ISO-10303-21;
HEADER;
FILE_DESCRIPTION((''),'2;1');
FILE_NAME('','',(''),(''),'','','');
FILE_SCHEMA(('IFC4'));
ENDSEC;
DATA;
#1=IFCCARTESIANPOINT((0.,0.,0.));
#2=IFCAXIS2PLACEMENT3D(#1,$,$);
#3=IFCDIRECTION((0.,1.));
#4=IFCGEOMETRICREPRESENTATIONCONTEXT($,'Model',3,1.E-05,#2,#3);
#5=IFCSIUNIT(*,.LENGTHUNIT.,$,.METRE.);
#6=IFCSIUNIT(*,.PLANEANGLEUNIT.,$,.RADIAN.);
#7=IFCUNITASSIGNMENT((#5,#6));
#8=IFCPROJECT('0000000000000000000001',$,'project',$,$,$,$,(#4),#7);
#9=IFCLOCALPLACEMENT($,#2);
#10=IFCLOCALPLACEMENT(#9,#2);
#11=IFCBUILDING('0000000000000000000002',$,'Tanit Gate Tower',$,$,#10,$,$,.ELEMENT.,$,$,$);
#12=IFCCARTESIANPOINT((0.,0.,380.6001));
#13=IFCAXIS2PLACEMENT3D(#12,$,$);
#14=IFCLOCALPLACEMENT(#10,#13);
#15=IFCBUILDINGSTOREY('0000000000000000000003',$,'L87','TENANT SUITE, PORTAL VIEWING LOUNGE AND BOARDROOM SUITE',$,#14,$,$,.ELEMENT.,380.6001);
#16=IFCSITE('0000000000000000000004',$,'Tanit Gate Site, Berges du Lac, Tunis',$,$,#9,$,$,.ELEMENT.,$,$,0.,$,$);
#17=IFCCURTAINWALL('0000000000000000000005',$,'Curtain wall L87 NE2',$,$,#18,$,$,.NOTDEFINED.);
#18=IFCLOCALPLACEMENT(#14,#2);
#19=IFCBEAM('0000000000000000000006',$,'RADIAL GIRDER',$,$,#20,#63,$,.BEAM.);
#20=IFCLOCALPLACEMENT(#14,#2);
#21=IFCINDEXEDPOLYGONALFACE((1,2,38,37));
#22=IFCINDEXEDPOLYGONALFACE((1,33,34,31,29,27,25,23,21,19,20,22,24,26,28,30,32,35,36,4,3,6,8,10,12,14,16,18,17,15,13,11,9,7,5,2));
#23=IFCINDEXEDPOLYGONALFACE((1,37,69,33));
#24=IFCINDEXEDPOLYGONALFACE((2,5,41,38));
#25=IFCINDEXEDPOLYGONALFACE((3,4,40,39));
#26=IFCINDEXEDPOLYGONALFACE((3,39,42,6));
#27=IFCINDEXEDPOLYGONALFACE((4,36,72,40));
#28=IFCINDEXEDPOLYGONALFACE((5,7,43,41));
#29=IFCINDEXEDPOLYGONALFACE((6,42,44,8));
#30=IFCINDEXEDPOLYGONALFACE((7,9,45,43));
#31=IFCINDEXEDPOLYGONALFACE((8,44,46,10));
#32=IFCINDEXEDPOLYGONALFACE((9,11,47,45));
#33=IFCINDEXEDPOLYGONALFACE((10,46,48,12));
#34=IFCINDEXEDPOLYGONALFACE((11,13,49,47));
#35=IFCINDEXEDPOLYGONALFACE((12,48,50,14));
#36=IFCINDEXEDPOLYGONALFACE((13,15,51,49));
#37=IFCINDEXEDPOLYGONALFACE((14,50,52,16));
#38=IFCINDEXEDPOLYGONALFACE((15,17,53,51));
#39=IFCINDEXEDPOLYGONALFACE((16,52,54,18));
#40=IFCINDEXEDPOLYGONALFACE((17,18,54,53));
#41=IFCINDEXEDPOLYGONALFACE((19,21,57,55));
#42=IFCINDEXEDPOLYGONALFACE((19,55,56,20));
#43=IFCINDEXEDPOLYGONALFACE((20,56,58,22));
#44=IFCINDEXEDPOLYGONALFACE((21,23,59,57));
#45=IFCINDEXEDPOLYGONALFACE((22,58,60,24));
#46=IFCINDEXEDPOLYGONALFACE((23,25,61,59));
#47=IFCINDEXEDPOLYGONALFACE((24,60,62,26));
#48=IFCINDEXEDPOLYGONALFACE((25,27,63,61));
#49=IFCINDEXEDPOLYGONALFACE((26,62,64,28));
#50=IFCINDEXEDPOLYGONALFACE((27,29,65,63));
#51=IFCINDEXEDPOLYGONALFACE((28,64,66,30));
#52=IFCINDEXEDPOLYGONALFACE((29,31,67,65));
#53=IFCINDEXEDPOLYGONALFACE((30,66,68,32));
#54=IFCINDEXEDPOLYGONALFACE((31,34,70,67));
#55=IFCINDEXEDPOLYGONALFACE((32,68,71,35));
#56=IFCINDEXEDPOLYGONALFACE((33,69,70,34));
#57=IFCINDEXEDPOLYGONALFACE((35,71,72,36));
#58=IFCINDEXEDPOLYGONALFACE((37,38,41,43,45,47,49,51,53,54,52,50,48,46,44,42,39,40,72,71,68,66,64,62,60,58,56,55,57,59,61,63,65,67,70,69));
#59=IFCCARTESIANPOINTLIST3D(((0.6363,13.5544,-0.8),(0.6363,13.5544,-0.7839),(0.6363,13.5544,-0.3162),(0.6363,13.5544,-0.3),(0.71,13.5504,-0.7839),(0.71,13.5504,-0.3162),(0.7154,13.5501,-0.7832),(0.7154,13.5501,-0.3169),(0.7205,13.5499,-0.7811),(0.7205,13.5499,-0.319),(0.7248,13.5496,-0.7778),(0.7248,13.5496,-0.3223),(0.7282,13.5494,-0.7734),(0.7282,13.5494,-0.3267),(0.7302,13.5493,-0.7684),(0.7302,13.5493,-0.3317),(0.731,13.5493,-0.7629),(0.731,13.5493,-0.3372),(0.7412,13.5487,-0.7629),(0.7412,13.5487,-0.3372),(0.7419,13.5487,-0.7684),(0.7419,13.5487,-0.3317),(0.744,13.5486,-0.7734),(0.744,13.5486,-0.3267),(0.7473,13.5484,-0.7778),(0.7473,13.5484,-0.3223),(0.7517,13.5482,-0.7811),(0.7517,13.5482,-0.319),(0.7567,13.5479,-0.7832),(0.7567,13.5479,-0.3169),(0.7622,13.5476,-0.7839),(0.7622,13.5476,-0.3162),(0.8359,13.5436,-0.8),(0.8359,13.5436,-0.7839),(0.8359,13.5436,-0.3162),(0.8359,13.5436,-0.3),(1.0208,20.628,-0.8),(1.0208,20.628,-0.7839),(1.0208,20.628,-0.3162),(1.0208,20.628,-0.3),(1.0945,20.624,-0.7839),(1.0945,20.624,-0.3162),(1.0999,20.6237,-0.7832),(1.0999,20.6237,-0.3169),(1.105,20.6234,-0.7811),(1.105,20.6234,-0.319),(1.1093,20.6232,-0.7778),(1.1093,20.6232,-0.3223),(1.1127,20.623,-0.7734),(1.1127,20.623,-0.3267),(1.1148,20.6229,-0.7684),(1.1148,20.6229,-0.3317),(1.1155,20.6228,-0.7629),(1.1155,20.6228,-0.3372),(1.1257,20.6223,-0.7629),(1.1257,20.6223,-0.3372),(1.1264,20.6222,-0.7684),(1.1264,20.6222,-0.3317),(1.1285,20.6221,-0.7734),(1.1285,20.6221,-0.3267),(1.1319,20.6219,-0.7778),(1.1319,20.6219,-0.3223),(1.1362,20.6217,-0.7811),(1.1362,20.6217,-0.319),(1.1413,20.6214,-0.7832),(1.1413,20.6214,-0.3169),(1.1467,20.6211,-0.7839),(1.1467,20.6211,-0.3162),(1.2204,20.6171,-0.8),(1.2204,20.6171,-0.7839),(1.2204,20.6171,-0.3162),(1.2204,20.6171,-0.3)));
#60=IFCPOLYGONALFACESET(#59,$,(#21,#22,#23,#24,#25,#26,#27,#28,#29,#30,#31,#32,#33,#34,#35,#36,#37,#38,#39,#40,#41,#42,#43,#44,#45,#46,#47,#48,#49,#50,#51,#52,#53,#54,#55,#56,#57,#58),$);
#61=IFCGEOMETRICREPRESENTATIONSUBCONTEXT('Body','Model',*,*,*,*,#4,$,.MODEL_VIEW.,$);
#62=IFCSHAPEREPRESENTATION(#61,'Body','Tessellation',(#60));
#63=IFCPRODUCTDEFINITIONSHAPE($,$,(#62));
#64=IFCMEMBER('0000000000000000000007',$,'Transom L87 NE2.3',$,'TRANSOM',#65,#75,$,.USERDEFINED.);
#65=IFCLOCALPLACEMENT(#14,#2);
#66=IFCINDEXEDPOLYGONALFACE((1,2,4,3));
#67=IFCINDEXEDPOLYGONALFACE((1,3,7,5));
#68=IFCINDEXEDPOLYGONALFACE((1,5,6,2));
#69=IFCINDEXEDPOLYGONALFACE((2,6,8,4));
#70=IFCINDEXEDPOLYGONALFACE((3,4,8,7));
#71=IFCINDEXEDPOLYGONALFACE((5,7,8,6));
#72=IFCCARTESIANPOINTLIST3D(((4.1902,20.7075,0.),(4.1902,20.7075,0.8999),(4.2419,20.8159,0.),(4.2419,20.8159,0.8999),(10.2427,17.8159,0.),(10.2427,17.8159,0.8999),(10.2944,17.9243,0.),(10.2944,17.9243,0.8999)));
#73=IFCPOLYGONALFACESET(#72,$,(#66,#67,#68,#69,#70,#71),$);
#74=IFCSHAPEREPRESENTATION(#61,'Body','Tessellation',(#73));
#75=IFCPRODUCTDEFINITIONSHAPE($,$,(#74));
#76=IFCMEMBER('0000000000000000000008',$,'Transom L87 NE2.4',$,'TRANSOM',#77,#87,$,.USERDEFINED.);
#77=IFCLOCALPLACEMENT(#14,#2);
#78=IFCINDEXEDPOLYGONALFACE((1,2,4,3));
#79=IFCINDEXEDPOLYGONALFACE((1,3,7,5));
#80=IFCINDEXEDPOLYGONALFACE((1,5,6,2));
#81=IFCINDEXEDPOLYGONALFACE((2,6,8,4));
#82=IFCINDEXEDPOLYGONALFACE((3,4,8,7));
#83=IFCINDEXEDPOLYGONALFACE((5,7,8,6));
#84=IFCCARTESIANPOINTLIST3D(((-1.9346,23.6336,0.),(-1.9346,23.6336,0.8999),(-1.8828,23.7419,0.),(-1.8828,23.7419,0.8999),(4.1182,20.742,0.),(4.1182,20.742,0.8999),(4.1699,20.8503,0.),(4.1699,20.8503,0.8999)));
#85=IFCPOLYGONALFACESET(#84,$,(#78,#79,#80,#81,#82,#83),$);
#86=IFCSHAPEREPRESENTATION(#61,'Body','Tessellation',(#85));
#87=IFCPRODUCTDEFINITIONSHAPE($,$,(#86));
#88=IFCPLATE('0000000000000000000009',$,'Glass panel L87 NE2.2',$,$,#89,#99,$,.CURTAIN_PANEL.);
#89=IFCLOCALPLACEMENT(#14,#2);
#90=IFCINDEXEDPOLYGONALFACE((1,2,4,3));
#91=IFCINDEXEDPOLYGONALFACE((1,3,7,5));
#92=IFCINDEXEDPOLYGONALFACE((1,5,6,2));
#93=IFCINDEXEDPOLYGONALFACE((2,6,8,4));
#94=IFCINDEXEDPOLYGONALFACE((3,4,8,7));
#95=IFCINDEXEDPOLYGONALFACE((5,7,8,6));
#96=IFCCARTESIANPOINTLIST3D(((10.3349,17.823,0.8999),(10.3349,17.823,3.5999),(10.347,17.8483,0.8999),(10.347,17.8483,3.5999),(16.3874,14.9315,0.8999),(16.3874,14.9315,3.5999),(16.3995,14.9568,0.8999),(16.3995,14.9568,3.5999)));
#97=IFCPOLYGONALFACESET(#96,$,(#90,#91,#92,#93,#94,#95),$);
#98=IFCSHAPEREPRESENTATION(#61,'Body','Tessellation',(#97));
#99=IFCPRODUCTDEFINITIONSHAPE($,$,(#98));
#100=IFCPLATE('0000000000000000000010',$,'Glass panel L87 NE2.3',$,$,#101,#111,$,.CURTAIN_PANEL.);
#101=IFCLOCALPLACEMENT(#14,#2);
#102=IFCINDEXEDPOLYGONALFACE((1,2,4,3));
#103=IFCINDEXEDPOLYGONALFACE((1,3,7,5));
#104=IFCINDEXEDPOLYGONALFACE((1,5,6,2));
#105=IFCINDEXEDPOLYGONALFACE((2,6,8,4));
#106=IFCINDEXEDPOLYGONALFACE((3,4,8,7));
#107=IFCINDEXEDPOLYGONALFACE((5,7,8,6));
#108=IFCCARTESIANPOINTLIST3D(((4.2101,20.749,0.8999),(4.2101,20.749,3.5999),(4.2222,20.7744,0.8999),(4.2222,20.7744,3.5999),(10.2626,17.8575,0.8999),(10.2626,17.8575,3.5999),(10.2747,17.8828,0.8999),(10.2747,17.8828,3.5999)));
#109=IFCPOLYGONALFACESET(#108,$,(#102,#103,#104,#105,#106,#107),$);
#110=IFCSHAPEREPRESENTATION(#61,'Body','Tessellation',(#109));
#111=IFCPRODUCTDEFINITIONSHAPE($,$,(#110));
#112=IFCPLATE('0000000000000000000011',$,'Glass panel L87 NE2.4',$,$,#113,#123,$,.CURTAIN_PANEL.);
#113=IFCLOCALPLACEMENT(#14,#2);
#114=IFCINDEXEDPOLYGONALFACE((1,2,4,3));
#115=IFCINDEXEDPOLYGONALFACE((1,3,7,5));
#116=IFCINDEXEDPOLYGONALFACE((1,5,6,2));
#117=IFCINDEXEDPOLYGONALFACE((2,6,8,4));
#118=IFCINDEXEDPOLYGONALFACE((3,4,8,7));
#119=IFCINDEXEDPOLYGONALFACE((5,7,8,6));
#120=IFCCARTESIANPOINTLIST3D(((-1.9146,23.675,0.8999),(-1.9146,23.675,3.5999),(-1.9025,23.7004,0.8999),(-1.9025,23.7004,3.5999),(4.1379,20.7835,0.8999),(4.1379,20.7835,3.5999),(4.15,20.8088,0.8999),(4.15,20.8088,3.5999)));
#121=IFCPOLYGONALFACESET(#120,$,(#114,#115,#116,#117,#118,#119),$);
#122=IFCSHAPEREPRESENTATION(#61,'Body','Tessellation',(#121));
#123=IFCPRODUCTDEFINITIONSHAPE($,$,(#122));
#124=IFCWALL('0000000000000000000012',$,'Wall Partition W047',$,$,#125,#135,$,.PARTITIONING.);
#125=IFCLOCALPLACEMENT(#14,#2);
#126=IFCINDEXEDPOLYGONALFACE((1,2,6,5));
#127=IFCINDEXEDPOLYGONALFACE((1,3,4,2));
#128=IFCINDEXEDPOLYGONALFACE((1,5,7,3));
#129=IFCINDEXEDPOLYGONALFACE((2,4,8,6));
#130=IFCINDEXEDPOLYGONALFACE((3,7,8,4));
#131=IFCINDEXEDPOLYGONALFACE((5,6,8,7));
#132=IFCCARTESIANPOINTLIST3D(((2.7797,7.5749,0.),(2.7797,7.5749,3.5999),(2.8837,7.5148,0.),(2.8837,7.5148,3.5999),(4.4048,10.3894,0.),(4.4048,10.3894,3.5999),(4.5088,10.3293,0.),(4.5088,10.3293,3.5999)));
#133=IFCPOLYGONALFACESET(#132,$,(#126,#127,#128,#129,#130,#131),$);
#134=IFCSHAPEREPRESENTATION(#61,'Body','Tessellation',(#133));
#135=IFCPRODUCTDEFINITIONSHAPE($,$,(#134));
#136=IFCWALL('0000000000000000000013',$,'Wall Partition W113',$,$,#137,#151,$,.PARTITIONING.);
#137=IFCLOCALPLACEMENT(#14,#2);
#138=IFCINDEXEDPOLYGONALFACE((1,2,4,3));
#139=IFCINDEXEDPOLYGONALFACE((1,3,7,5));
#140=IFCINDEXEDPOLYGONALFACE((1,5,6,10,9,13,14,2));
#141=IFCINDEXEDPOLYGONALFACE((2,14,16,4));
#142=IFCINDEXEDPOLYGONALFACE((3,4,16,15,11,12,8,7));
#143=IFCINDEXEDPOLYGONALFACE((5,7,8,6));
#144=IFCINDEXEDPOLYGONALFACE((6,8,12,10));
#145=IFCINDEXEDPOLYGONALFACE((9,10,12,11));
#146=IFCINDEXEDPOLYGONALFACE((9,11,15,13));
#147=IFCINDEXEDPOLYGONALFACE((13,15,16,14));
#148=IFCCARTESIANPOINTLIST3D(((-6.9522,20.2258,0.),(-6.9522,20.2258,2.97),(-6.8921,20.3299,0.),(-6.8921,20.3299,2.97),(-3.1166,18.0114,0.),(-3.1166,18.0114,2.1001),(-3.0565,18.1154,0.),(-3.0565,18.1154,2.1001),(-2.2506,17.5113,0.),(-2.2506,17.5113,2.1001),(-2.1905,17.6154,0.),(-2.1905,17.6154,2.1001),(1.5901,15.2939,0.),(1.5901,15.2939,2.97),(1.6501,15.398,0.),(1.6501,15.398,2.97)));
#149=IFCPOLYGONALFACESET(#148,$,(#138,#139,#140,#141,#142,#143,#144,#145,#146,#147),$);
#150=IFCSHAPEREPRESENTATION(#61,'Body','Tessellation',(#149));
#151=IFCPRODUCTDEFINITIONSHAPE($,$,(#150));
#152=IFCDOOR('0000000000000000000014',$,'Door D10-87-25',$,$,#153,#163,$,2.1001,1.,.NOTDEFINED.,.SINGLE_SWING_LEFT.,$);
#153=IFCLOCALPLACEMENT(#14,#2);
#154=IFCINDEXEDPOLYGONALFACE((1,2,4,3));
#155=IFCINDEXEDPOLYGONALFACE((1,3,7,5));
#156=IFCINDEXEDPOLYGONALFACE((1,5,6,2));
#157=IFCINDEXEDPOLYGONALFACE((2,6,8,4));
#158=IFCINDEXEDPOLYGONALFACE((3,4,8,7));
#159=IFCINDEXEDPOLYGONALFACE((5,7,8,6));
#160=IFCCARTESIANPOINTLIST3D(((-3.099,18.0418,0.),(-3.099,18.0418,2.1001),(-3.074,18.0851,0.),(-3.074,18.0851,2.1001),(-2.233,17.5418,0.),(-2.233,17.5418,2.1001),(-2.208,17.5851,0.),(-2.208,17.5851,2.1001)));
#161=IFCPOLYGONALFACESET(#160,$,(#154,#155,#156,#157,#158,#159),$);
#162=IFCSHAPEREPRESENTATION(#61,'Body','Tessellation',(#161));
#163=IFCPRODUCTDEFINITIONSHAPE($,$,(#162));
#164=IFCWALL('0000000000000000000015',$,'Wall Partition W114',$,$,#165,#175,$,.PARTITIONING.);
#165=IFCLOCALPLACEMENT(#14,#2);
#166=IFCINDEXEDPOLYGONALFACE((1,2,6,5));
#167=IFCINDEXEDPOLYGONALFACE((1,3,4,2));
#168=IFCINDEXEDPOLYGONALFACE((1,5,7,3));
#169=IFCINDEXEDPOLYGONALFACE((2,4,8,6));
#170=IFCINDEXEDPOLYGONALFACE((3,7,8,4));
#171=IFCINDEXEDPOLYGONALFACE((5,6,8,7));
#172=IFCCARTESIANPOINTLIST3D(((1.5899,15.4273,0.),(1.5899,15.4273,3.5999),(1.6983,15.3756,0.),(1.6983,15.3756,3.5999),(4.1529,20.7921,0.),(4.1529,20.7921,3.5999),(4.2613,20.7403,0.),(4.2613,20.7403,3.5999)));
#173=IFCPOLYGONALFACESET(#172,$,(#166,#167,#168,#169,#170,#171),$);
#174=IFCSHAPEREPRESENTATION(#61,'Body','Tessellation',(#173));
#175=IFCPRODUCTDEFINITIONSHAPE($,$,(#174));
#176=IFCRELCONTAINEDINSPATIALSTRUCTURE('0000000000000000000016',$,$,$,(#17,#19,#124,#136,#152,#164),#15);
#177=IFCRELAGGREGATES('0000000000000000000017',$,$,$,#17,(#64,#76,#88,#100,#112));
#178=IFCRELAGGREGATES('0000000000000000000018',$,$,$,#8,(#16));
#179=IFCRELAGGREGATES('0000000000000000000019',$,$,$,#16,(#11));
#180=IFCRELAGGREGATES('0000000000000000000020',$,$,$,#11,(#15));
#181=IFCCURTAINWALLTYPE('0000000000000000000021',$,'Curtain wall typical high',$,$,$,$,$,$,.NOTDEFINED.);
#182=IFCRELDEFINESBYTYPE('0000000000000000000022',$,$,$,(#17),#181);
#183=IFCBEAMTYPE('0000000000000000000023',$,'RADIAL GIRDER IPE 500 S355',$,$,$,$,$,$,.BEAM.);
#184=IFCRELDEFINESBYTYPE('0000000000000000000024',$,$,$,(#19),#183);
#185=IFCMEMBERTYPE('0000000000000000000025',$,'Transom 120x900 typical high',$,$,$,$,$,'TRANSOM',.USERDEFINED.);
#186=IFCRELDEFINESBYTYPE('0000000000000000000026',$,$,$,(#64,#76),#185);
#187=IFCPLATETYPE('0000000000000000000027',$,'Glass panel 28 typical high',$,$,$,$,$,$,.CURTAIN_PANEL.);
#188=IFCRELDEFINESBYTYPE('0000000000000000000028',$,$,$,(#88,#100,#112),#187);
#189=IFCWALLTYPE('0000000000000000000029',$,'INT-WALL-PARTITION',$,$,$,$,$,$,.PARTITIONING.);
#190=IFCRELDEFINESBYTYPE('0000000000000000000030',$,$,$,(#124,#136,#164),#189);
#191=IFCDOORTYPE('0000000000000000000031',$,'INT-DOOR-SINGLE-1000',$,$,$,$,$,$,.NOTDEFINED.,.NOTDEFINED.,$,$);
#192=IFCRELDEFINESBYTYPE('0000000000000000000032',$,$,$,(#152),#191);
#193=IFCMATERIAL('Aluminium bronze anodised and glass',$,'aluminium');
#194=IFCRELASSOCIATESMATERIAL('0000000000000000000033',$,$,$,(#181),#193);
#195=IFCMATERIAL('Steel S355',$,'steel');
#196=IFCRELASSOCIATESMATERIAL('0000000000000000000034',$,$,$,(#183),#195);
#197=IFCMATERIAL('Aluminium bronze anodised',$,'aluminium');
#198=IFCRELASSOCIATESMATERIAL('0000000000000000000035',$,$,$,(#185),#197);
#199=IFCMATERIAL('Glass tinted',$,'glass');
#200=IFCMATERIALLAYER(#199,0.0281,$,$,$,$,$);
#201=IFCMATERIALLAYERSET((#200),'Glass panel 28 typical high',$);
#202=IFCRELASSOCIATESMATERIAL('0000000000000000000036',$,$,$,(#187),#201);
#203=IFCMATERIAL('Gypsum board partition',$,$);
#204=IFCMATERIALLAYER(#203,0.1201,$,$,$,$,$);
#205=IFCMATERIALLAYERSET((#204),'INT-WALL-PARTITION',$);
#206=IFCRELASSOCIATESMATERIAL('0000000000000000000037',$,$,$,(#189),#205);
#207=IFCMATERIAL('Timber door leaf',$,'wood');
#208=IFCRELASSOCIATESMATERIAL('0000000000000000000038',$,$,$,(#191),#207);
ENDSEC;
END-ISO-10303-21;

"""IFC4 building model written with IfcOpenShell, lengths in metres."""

from ifc_helpers import new_model, si_unit, direction, frame, frame_2d, origin, origin_2d, place, context, subcontext, project, spatial, rectangle, i_section, extrude, material, layer, layer_set, material_profile, profile_set, type_object, element, fill, aggregate, save


model = new_model("IFC4")

# Units and contexts
model_context = context("Model", 3, precision=1e-05, world=origin(), true_north=direction((0.0, 1.0)))
body_context = subcontext(model_context, "Body", "Model", "MODEL_VIEW")
ifc_project = project(units=[si_unit("LENGTHUNIT", "METRE"), si_unit("PLANEANGLEUNIT", "RADIAN")], contexts=[model_context])

# Site, building, storey
site_placement = place(None, origin())
site = spatial("IfcSite", under=ifc_project, at=site_placement, Name="Tanit Gate Site, Berges du Lac, Tunis", CompositionType="ELEMENT", RefElevation=0.0)
building_placement = place(site_placement, origin())
building = spatial("IfcBuilding", under=site, at=building_placement, Name="Tanit Gate Tower", CompositionType="ELEMENT")
storey_placement = place(building_placement, frame((0.0, 0.0, 380.6001)))
storey = spatial("IfcBuildingStorey", under=building, at=storey_placement, Name="L87", Description="TENANT SUITE, PORTAL VIEWING LOUNGE AND BOARDROOM SUITE", CompositionType="ELEMENT", Elevation=380.6001)

# Curtain wall
ifc_material_1 = material(Name="Aluminium bronze anodised and glass", Category="aluminium")
curtain_wall_type = type_object("IfcCurtainWallType", Name="Curtain wall typical high", PredefinedType="NOTDEFINED", material=ifc_material_1)
curtain_wall_placement = place(storey_placement, origin())
curtain_wall = element("IfcCurtainWall", 1, at=curtain_wall_placement, inside=storey, type_object=curtain_wall_type, Name="Curtain wall L87 NE2", PredefinedType="NOTDEFINED")

# Beam
ifc_material_2 = material(Name="Steel S355", Category="steel")
ifc_material_profile_1 = material_profile(ifc_material_2, i_section(OverallWidth=0.2, OverallDepth=0.5, WebThickness=0.0103, FlangeThickness=0.0161, FilletRadius=0.021, at=origin_2d()), Name="IPE 500")
ifc_profile_set_1 = profile_set([ifc_material_profile_1], Name="Steel S355")
beam_type = type_object("IfcBeamType", Name="RADIAL GIRDER IPE 500 S355", PredefinedType="BEAM", material=ifc_profile_set_1)
beam_1_placement = place(storey_placement, frame((1.1206, 20.6226, -0.55), z_axis=(-0.054281, -0.998526, 0.0), x_axis=(0.998526, -0.054281, 0.0)))
element("IfcBeam", 2, at=beam_1_placement, inside=storey, type_object=beam_type, Name="RADIAL GIRDER", PredefinedType="BEAM", context=body_context, shape_type="SweptSolid", body=[
    extrude(i_section(OverallWidth=0.2, OverallDepth=0.5, WebThickness=0.0103, FlangeThickness=0.0161, FilletRadius=0.021, at=origin_2d()), origin(), (0.0, 0.0, 1.0), 7.084),
])

# Members
ifc_material_3 = material(Name="Aluminium bronze anodised", Category="aluminium")
ifc_material_profile_2 = material_profile(ifc_material_3, rectangle(XDim=0.1201, YDim=0.8999, at=origin_2d()), Name="120x900 bronze transom")
ifc_profile_set_2 = profile_set([ifc_material_profile_2], Name="Aluminium bronze anodised")
member_type_1 = type_object("IfcMemberType", Name="Transom 120x900 typical high", ElementType="TRANSOM", PredefinedType="USERDEFINED", material=ifc_profile_set_2)
member_1_placement = place(storey_placement, frame((10.2686, 17.8701, 0.45), z_axis=(-0.902312, 0.431083, 0.0), x_axis=(-0.431083, -0.902312, 0.0)))
member_1 = element("IfcMember", 3, at=member_1_placement, type_object=member_type_1, Name="Transom L87 NE2.3", ObjectType="TRANSOM", PredefinedType="USERDEFINED", context=body_context, shape_type="SweptSolid", body=[
    extrude(rectangle(XDim=0.1201, YDim=0.8999, at=origin_2d()), origin(), (0.0, 0.0, 1.0), 6.7078),
])
member_2_placement = place(storey_placement, frame((4.144, 20.7961, 0.45), z_axis=(-0.902319, 0.431069, 0.0), x_axis=(-0.431069, -0.902319, 0.0)))
member_2 = element("IfcMember", 4, at=member_2_placement, type_object=member_type_1, Name="Transom L87 NE2.4", ObjectType="TRANSOM", PredefinedType="USERDEFINED", context=body_context, shape_type="SweptSolid", body=[
    extrude(rectangle(XDim=0.1201, YDim=0.8999, at=origin_2d()), origin(), (0.0, 0.0, 1.0), 6.708),
])

# Plates
ifc_material_4 = material(Name="Glass tinted", Category="glass")
ifc_layer_1 = layer(ifc_material_4, 0.0281)
ifc_layer_set_1 = layer_set([ifc_layer_1], Name="Glass panel 28 typical high")
plate_type = type_object("IfcPlateType", Name="Glass panel 28 typical high", PredefinedType="CURTAIN_PANEL", material=ifc_layer_set_1)
plate_1_placement = place(storey_placement, frame((13.3672, 16.3899, 0.8999), z_axis=(0.0, 0.0, 1.0), x_axis=(-0.902317, 0.431073, 0.0)))
plate_1 = element("IfcPlate", 5, at=plate_1_placement, type_object=plate_type, Name="Glass panel L87 NE2.2", PredefinedType="CURTAIN_PANEL", context=body_context, shape_type="SweptSolid", body=[
    extrude(rectangle(XDim=6.7078, YDim=0.0281, at=origin_2d()), origin(), (0.0, 0.0, 1.0), 2.7),
])
plate_2_placement = place(storey_placement, frame((7.2424, 19.3159, 0.8999), z_axis=(0.0, 0.0, 1.0), x_axis=(-0.902317, 0.431073, 0.0)))
plate_2 = element("IfcPlate", 6, at=plate_2_placement, type_object=plate_type, Name="Glass panel L87 NE2.3", PredefinedType="CURTAIN_PANEL", context=body_context, shape_type="SweptSolid", body=[
    extrude(rectangle(XDim=6.7078, YDim=0.0281, at=origin_2d()), origin(), (0.0, 0.0, 1.0), 2.7),
])
plate_3_placement = place(storey_placement, frame((1.1177, 22.2419, 0.8999), z_axis=(0.0, 0.0, 1.0), x_axis=(-0.902317, 0.431073, 0.0)))
plate_3 = element("IfcPlate", 7, at=plate_3_placement, type_object=plate_type, Name="Glass panel L87 NE2.4", PredefinedType="CURTAIN_PANEL", context=body_context, shape_type="SweptSolid", body=[
    extrude(rectangle(XDim=6.7078, YDim=0.0281, at=origin_2d()), origin(), (0.0, 0.0, 1.0), 2.7),
])
aggregate(curtain_wall, [member_1, member_2, plate_1, plate_2, plate_3])

# Wall
ifc_material_5 = material(Name="Gypsum board partition")
ifc_layer_2 = layer(ifc_material_5, 0.1201)
ifc_layer_set_2 = layer_set([ifc_layer_2], Name="INT-WALL-PARTITION")
wall_type_1 = type_object("IfcWallType", Name="INT-WALL-PARTITION", PredefinedType="PARTITIONING", material=ifc_layer_set_2)
wall_1_placement = place(storey_placement, frame((4.4568, 10.3594, 0.0), z_axis=(0.0, 0.0, 1.0), x_axis=(-0.500017, -0.866015, 0.0)))
element("IfcWall", 8, at=wall_1_placement, inside=storey, type_object=wall_type_1, Name="Wall Partition W047", PredefinedType="PARTITIONING", context=body_context, shape_type="SweptSolid", body=[
    extrude(rectangle(XDim=3.25, YDim=0.1201, at=frame_2d((1.625, 0.0))), origin(), (0.0, 0.0, 1.0), 3.5999),
])

# Wall, opening, door
wall_2_placement = place(storey_placement, frame((1.6201, 15.3459, 0.0), z_axis=(0.0, 0.0, 1.0), x_axis=(-0.866024, 0.500002, 0.0)))
wall_2 = element("IfcWall", 9, at=wall_2_placement, inside=storey, type_object=wall_type_1, Name="Wall Partition W113", PredefinedType="PARTITIONING", context=body_context, shape_type="SweptSolid", body=[
    extrude(rectangle(XDim=9.8638, YDim=0.1201, at=frame_2d((4.9319, 0.0))), origin(), (0.0, 0.0, 1.0), 2.97),
])
opening_placement = place(wall_2_placement, frame((4.4348, 0.0, 0.0)))
opening = element("IfcOpeningElement", 10, at=opening_placement, cuts=wall_2, PredefinedType="OPENING", context=body_context, shape_type="SweptSolid", body=[
    extrude(rectangle(XDim=1.0, YDim=2.1001, at=frame_2d((0.5, 1.05))), frame((0.0, 0.0701, 0.0), z_axis=(0.0, -1.0, 0.0), x_axis=(1.0, 0.0, 0.0)), (0.0, 0.0, 1.0), 0.1401),
])
ifc_material_6 = material(Name="Timber door leaf", Category="wood")
door_type = type_object("IfcDoorType", Name="INT-DOOR-SINGLE-1000", OperationType="NOTDEFINED", PredefinedType="NOTDEFINED", material=ifc_material_6)
door_placement = place(opening_placement, origin())
door = element("IfcDoor", 11, at=door_placement, inside=storey, type_object=door_type, Name="Door D10-87-25", OperationType="SINGLE_SWING_LEFT", OverallHeight=2.1001, OverallWidth=1.0, PredefinedType="NOTDEFINED", context=body_context, shape_type="SweptSolid", body=[
    extrude(rectangle(XDim=1.0, YDim=2.1001, at=frame_2d((0.5, 1.05))), frame((0.0, 0.0249, 0.0), z_axis=(0.0, -1.0, 0.0), x_axis=(1.0, 0.0, 0.0)), (0.0, 0.0, 1.0), 0.05),
])
fill(opening, door)

# Wall
wall_3_placement = place(storey_placement, frame((4.207, 20.7661, 0.0), z_axis=(0.0, 0.0, 1.0), x_axis=(-0.431078, -0.902315, 0.0)))
element("IfcWall", 12, at=wall_3_placement, inside=storey, type_object=wall_type_1, Name="Wall Partition W114", PredefinedType="PARTITIONING", context=body_context, shape_type="SweptSolid", body=[
    extrude(rectangle(XDim=5.9456, YDim=0.1201, at=frame_2d((2.9727, 0.0))), origin(), (0.0, 0.0, 1.0), 3.5999),
])

save(model, "model.ifc")
